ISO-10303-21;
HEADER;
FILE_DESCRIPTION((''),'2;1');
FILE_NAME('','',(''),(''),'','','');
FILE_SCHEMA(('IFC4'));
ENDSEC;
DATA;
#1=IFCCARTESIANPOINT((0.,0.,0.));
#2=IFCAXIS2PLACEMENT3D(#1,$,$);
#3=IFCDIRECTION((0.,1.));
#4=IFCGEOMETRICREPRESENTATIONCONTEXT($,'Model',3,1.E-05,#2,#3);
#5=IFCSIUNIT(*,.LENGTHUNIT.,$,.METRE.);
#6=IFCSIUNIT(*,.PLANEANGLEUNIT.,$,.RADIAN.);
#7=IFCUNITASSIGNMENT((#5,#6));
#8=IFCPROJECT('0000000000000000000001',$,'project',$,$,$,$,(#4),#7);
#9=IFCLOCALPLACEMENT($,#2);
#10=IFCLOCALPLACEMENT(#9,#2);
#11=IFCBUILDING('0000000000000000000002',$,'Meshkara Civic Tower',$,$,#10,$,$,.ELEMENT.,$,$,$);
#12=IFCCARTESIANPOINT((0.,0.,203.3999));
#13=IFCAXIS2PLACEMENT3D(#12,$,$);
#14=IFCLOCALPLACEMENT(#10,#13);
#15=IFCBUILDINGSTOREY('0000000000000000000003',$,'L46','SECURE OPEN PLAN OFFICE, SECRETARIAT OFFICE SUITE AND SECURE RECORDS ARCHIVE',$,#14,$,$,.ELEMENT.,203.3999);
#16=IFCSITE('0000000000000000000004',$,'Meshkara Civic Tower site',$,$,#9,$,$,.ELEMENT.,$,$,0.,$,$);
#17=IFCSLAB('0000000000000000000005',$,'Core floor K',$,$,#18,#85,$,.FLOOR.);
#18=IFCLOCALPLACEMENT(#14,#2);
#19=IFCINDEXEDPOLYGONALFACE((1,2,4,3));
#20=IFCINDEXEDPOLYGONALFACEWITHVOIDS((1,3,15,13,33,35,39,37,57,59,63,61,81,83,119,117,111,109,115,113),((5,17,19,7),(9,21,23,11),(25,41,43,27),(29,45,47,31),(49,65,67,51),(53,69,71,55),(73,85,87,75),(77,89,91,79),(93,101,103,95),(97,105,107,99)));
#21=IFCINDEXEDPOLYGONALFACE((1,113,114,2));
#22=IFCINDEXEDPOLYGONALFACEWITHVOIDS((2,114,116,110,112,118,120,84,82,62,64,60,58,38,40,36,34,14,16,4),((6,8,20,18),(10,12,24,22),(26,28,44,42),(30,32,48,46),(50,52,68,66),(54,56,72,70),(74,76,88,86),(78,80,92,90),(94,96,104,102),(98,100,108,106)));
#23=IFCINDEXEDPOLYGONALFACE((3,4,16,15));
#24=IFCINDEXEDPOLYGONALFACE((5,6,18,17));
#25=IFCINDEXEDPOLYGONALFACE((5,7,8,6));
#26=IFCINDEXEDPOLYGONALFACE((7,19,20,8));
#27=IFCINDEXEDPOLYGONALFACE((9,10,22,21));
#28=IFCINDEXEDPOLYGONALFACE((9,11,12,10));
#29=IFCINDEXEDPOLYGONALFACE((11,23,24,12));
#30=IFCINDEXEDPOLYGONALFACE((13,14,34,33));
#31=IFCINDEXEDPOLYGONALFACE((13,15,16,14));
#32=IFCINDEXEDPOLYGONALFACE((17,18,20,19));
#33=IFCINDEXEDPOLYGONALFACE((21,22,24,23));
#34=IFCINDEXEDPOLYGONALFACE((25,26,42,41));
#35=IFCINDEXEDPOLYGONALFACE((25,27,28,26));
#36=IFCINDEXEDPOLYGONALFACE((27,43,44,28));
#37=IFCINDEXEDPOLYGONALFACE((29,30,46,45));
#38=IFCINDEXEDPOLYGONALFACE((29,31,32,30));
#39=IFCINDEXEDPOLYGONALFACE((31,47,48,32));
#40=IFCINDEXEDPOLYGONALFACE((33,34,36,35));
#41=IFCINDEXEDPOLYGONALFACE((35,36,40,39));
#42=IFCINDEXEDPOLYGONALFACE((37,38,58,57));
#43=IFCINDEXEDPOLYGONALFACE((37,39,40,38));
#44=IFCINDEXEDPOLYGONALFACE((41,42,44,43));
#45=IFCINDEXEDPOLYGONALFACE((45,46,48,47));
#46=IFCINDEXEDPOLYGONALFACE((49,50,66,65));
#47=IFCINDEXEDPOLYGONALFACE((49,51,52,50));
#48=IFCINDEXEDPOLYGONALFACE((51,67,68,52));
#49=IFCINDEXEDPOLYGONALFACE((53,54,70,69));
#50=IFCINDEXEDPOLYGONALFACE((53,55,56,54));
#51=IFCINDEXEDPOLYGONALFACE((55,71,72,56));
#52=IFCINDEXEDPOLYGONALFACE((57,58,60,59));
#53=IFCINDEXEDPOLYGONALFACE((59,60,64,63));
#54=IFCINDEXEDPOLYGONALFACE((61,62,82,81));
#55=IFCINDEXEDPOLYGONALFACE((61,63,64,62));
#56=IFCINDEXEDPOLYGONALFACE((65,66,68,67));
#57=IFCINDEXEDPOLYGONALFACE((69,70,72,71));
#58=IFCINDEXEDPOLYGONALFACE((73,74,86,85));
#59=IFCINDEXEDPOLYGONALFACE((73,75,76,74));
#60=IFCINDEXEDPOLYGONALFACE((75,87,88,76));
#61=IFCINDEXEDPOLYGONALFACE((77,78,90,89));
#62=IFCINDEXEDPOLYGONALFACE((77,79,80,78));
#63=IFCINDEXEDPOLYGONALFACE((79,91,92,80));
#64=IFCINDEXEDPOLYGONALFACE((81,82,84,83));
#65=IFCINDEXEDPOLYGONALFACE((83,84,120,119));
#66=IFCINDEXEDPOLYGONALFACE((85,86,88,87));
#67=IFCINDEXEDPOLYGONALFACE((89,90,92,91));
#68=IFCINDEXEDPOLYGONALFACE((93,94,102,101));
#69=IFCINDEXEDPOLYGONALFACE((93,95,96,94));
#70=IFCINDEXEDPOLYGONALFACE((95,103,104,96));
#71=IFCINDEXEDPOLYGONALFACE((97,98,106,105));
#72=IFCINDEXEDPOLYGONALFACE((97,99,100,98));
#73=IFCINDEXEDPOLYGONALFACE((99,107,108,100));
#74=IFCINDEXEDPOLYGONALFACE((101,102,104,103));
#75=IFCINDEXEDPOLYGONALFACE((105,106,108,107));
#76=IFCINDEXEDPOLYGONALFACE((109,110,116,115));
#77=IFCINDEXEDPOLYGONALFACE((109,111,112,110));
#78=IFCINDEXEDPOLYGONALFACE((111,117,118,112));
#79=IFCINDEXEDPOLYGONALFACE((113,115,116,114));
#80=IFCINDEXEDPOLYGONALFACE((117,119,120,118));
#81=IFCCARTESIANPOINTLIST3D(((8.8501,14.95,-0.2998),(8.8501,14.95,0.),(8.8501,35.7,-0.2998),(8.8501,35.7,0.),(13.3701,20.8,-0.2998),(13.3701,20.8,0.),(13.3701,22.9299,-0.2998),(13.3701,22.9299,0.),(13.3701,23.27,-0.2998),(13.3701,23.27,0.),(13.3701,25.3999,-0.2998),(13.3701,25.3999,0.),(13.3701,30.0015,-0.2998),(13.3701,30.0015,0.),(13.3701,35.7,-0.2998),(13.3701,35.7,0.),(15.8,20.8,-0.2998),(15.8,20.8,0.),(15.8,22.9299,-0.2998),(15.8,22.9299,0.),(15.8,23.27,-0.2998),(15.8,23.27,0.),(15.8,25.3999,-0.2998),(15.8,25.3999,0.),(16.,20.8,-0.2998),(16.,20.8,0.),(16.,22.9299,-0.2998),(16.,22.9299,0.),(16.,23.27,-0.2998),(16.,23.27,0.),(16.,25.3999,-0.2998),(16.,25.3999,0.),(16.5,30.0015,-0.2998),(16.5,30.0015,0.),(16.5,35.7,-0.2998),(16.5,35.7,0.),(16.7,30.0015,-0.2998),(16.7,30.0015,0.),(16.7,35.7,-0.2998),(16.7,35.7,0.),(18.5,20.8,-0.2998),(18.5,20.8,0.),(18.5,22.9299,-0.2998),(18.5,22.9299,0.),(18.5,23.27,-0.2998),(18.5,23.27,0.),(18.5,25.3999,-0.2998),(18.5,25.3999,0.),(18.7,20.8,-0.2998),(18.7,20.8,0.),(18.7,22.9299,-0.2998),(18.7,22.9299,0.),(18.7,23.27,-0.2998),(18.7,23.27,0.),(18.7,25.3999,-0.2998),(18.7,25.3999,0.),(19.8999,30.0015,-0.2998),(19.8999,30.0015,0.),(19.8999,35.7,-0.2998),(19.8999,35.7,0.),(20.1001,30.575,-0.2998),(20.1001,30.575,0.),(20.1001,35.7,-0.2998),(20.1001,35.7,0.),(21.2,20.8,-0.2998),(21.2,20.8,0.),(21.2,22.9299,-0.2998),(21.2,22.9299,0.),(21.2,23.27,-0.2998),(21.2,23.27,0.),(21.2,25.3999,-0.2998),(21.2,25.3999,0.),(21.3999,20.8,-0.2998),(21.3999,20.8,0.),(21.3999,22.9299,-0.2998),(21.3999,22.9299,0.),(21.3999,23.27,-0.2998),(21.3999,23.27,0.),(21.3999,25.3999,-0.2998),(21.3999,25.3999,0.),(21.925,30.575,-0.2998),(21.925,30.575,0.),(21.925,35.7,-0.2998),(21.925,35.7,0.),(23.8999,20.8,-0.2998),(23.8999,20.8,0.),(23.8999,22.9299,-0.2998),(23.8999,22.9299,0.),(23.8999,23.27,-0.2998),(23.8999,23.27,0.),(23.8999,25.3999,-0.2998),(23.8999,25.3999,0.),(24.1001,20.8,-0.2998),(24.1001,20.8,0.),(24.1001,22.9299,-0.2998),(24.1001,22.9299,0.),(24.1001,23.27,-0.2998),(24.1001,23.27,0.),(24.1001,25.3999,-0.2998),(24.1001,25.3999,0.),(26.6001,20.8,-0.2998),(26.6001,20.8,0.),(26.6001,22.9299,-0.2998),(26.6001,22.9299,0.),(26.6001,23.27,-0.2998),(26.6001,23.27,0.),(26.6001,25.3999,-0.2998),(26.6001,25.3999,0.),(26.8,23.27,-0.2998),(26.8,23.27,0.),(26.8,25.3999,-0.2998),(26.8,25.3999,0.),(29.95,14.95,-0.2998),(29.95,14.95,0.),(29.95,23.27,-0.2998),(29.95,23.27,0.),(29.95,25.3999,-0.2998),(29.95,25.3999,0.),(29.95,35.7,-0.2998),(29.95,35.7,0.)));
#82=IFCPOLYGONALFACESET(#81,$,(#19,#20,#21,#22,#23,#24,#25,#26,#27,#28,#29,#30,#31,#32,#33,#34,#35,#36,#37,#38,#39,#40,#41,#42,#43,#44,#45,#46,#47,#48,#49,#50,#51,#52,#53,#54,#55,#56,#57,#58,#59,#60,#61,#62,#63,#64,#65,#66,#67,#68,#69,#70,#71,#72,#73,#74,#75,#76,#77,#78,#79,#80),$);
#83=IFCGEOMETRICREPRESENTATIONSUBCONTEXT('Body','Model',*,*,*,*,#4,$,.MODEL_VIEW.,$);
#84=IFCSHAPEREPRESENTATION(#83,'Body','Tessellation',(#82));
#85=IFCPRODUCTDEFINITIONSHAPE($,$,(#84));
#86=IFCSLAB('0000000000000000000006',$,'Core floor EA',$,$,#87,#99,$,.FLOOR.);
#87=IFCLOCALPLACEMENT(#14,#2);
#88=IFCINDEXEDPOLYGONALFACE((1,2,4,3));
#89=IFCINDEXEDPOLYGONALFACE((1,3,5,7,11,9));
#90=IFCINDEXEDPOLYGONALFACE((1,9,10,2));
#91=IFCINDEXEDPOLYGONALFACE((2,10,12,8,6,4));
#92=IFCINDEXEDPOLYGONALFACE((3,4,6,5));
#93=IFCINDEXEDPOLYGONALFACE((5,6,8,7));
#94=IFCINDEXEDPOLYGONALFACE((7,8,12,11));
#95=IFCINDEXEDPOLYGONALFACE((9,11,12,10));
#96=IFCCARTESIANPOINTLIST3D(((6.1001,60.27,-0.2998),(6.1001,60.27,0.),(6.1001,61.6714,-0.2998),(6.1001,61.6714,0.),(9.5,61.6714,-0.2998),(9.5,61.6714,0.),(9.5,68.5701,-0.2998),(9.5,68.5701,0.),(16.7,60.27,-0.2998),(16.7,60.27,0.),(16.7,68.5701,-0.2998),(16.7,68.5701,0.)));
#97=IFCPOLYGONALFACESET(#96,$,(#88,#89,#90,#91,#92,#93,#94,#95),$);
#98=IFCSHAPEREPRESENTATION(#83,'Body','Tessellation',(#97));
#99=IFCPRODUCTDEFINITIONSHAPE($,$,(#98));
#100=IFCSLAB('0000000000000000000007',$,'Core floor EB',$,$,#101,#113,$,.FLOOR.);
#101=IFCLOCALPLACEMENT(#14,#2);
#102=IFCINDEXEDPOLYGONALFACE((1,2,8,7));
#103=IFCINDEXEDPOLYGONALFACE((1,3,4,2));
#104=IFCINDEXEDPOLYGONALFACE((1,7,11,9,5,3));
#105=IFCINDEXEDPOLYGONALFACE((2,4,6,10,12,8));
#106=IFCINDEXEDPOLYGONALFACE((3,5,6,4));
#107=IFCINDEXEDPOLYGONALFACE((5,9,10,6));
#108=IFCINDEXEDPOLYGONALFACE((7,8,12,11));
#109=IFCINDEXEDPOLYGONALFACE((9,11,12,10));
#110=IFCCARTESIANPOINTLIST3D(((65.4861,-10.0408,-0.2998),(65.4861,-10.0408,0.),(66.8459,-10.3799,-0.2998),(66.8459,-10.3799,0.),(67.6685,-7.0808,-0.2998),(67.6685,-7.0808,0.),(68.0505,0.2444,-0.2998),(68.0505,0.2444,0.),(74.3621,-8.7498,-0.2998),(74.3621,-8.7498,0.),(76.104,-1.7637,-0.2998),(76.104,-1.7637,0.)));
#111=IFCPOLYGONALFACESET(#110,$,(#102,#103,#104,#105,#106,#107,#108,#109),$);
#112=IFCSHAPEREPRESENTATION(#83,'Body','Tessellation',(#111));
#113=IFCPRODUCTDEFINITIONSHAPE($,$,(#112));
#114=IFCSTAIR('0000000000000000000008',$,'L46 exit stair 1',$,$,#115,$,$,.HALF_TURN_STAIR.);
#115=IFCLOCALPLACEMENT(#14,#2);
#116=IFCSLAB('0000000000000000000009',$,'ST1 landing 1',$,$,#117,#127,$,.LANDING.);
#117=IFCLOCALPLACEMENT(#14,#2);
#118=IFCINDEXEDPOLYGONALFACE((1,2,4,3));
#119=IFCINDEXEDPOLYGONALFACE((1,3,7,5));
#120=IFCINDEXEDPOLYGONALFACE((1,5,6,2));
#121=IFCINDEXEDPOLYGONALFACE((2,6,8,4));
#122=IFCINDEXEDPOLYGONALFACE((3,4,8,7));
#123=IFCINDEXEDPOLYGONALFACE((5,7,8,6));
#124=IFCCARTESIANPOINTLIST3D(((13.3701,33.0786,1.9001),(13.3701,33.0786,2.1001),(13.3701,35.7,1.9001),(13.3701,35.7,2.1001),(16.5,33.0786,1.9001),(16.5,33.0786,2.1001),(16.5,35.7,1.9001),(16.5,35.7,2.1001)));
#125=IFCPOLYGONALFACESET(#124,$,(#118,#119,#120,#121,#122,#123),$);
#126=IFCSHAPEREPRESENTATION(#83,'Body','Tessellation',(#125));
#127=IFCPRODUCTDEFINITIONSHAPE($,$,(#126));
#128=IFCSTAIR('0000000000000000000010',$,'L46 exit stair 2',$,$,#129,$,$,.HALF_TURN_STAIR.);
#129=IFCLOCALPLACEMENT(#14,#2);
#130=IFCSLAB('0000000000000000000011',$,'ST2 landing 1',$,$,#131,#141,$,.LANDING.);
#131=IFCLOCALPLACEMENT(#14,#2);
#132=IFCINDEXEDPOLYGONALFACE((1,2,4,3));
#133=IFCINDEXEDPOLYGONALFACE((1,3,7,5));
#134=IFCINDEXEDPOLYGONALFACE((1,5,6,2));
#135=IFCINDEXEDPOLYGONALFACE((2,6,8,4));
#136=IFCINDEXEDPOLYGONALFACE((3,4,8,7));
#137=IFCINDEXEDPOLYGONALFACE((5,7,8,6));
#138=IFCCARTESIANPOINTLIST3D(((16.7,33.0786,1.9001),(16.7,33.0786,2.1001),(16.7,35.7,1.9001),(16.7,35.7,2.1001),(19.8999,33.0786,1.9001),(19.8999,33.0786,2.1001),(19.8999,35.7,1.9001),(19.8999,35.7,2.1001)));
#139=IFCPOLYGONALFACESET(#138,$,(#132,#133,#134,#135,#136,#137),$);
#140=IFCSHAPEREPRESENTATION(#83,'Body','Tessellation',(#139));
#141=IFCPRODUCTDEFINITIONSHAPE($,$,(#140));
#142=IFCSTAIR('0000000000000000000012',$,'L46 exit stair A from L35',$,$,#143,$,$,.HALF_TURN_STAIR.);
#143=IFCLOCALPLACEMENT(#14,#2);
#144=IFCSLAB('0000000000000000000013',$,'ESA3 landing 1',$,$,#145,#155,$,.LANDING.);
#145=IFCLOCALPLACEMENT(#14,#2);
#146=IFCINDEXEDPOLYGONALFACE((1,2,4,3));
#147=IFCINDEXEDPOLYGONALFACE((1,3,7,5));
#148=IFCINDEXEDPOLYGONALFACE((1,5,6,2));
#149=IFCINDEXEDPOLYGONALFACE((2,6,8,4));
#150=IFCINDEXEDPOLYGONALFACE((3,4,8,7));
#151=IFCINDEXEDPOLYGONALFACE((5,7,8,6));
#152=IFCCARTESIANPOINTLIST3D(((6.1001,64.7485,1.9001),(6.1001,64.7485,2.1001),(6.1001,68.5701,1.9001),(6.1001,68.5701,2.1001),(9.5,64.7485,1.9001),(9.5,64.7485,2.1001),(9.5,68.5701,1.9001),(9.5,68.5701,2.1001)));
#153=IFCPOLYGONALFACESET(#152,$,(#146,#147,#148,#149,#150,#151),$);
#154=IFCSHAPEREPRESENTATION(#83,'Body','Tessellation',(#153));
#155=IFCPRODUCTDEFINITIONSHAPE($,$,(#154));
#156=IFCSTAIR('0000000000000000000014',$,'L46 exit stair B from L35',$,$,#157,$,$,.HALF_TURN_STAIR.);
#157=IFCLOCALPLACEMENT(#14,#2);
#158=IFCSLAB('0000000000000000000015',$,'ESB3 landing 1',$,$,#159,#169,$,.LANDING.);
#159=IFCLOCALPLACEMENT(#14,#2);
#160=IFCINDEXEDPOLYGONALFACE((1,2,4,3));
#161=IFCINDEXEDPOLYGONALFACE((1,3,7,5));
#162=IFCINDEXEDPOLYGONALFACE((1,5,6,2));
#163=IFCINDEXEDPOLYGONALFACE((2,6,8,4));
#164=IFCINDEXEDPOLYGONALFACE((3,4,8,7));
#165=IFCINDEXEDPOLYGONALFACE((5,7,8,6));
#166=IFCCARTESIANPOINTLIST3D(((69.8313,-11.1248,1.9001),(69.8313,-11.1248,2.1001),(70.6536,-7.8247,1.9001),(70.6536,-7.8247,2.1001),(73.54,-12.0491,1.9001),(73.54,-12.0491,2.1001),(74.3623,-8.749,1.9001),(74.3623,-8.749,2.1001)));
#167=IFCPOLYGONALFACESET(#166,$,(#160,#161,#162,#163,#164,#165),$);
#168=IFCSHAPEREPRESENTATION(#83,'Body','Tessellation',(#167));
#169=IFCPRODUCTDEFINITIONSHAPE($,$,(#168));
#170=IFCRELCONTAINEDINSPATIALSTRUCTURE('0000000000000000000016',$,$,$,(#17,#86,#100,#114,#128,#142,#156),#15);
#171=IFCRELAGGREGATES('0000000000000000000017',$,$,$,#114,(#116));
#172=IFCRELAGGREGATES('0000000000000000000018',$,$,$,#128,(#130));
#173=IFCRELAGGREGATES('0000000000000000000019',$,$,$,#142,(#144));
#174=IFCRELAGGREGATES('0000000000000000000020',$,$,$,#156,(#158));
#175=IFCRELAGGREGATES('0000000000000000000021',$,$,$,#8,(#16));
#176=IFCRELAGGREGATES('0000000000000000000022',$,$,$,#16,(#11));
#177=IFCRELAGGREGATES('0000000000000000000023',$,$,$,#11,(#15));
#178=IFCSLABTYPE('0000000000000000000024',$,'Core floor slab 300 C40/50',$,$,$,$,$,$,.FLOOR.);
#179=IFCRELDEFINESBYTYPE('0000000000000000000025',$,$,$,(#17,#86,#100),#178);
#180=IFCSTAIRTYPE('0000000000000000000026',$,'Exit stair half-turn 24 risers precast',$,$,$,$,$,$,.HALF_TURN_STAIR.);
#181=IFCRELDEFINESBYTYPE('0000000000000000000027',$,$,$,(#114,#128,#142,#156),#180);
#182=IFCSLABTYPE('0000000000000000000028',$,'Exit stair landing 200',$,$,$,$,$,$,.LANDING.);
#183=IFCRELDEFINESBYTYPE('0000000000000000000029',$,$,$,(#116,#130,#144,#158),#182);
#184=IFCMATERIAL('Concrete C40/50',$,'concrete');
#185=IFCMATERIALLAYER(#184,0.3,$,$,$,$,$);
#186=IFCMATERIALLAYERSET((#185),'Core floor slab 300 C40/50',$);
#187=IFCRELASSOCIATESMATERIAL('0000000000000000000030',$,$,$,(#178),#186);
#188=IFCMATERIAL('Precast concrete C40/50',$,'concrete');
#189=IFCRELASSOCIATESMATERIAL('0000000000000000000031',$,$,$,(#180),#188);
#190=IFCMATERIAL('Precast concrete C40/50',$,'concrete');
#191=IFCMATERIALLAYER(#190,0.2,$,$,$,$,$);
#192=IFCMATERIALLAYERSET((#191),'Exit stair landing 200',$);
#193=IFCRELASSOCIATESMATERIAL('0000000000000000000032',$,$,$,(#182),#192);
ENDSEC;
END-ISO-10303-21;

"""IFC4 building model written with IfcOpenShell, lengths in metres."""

from ifc_helpers import new_model, si_unit, direction, frame, origin, place, context, subcontext, project, spatial, polyline, outline, extrude, material, layer, layer_set, type_object, element, aggregate, save


model = new_model("IFC4")

# Units and contexts
model_context = context("Model", 3, precision=1e-05, world=origin(), true_north=direction((0.0, 1.0)))
body_context = subcontext(model_context, "Body", "Model", "MODEL_VIEW")
ifc_project = project(units=[si_unit("LENGTHUNIT", "METRE"), si_unit("PLANEANGLEUNIT", "RADIAN")], contexts=[model_context])

# Site, building, storey
site_placement = place(None, origin())
site = spatial("IfcSite", under=ifc_project, at=site_placement, Name="Meshkara Civic Tower site", CompositionType="ELEMENT", RefElevation=0.0)
building_placement = place(site_placement, origin())
building = spatial("IfcBuilding", under=site, at=building_placement, Name="Meshkara Civic Tower", CompositionType="ELEMENT")
storey_placement = place(building_placement, frame((0.0, 0.0, 203.3999)))
storey = spatial("IfcBuildingStorey", under=building, at=storey_placement, Name="L46", Description="SECURE OPEN PLAN OFFICE, SECRETARIAT OFFICE SUITE AND SECURE RECORDS ARCHIVE", CompositionType="ELEMENT", Elevation=203.3999)

# Slabs
ifc_material_1 = material(Name="Concrete C40/50", Category="concrete")
ifc_layer_1 = layer(ifc_material_1, 0.3)
ifc_layer_set_1 = layer_set([ifc_layer_1], Name="Core floor slab 300 C40/50")
slab_type_1 = type_object("IfcSlabType", Name="Core floor slab 300 C40/50", PredefinedType="FLOOR", material=ifc_layer_set_1)
slab_1_placement = place(storey_placement, frame((0.0, 0.0, -0.2998)))
element("IfcSlab", 1, at=slab_1_placement, inside=storey, type_object=slab_type_1, Name="Core floor K", PredefinedType="FLOOR", context=body_context, shape_type="SweptSolid", body=[
    extrude(outline(polyline([(8.8501, 35.7), (13.3701, 35.7), (13.3701, 30.0015), (16.5, 30.0015), (16.5, 35.7), (16.7, 35.7), (16.7, 30.0015), (19.8999, 30.0015), (19.8999, 35.7), (20.1001, 35.7), (20.1001, 30.575), (21.925, 30.575), (21.925, 35.7), (29.95, 35.7), (29.95, 25.3999), (26.8, 25.3999), (26.8, 23.27), (29.95, 23.27), (29.95, 14.95), (8.8501, 14.95), (8.8501, 35.7)]), holes=[polyline([(15.8, 22.9299), (13.3701, 22.9299), (13.3701, 20.8), (15.8, 20.8), (15.8, 22.9299)]), polyline([(16.0, 22.9299), (16.0, 20.8), (18.5, 20.8), (18.5, 22.9299), (16.0, 22.9299)]), polyline([(18.7, 22.9299), (18.7, 20.8), (21.2, 20.8), (21.2, 22.9299), (18.7, 22.9299)]), polyline([(15.8, 23.27), (15.8, 25.3999), (13.3701, 25.3999), (13.3701, 23.27), (15.8, 23.27)]), polyline([(16.0, 25.3999), (16.0, 23.27), (18.5, 23.27), (18.5, 25.3999), (16.0, 25.3999)]), polyline([(23.8999, 20.8), (23.8999, 22.9299), (21.3999, 22.9299), (21.3999, 20.8), (23.8999, 20.8)]), polyline([(24.1001, 20.8), (26.6001, 20.8), (26.6001, 22.9299), (24.1001, 22.9299), (24.1001, 20.8)]), polyline([(18.7, 25.3999), (18.7, 23.27), (21.2, 23.27), (21.2, 25.3999), (18.7, 25.3999)]), polyline([(21.3999, 23.27), (23.8999, 23.27), (23.8999, 25.3999), (21.3999, 25.3999), (21.3999, 23.27)]), polyline([(24.1001, 23.27), (26.6001, 23.27), (26.6001, 25.3999), (24.1001, 25.3999), (24.1001, 23.27)])]), origin(), (0.0, 0.0, 1.0), 0.2998),
])
slab_2_placement = place(storey_placement, frame((0.0, 0.0, -0.2998)))
element("IfcSlab", 2, at=slab_2_placement, inside=storey, type_object=slab_type_1, Name="Core floor EA", PredefinedType="FLOOR", context=body_context, shape_type="SweptSolid", body=[
    extrude(outline(polyline([(16.7, 60.27), (16.7, 68.5701), (9.5, 68.5701), (9.5, 61.6714), (6.1001, 61.6714), (6.1001, 60.27), (16.7, 60.27)])), origin(), (0.0, 0.0, 1.0), 0.2998),
])
slab_3_placement = place(storey_placement, frame((0.0, 0.0, -0.2998)))
element("IfcSlab", 3, at=slab_3_placement, inside=storey, type_object=slab_type_1, Name="Core floor EB", PredefinedType="FLOOR", context=body_context, shape_type="SweptSolid", body=[
    extrude(outline(polyline([(68.0505, 0.2444), (76.104, -1.7637), (74.3621, -8.7498), (67.6685, -7.0808), (66.8459, -10.3799), (65.4861, -10.0408), (68.0505, 0.2444)])), origin(), (0.0, 0.0, 1.0), 0.2998),
])

# Stairs, slabs
ifc_material_2 = material(Name="Precast concrete C40/50", Category="concrete")
stair_type = type_object("IfcStairType", Name="Exit stair half-turn 24 risers precast", PredefinedType="HALF_TURN_STAIR", material=ifc_material_2)
stair_1_placement = place(storey_placement, origin())
stair_1 = element("IfcStair", 4, at=stair_1_placement, inside=storey, type_object=stair_type, Name="L46 exit stair 1", PredefinedType="HALF_TURN_STAIR")
ifc_material_3 = material(Name="Precast concrete C40/50", Category="concrete")
ifc_layer_2 = layer(ifc_material_3, 0.2)
ifc_layer_set_2 = layer_set([ifc_layer_2], Name="Exit stair landing 200")
slab_type_2 = type_object("IfcSlabType", Name="Exit stair landing 200", PredefinedType="LANDING", material=ifc_layer_set_2)
slab_4_placement = place(storey_placement, frame((0.0, 0.0, 1.9001)))
slab_4 = element("IfcSlab", 5, at=slab_4_placement, type_object=slab_type_2, Name="ST1 landing 1", PredefinedType="LANDING", context=body_context, shape_type="SweptSolid", body=[
    extrude(outline(polyline([(16.5, 33.0786), (16.5, 35.7), (13.3701, 35.7), (13.3701, 33.0786), (16.5, 33.0786)])), origin(), (0.0, 0.0, 1.0), 0.2),
])
aggregate(stair_1, [slab_4])
stair_2_placement = place(storey_placement, origin())
stair_2 = element("IfcStair", 6, at=stair_2_placement, inside=storey, type_object=stair_type, Name="L46 exit stair 2", PredefinedType="HALF_TURN_STAIR")
slab_5_placement = place(storey_placement, frame((0.0, 0.0, 1.9001)))
slab_5 = element("IfcSlab", 7, at=slab_5_placement, type_object=slab_type_2, Name="ST2 landing 1", PredefinedType="LANDING", context=body_context, shape_type="SweptSolid", body=[
    extrude(outline(polyline([(19.8999, 33.0786), (19.8999, 35.7), (16.7, 35.7), (16.7, 33.0786), (19.8999, 33.0786)])), origin(), (0.0, 0.0, 1.0), 0.2),
])
aggregate(stair_2, [slab_5])
stair_3_placement = place(storey_placement, origin())
stair_3 = element("IfcStair", 8, at=stair_3_placement, inside=storey, type_object=stair_type, Name="L46 exit stair A from L35", PredefinedType="HALF_TURN_STAIR")
slab_6_placement = place(storey_placement, frame((0.0, 0.0, 1.9001)))
slab_6 = element("IfcSlab", 9, at=slab_6_placement, type_object=slab_type_2, Name="ESA3 landing 1", PredefinedType="LANDING", context=body_context, shape_type="SweptSolid", body=[
    extrude(outline(polyline([(9.5, 64.7485), (9.5, 68.5701), (6.1001, 68.5701), (6.1001, 64.7485), (9.5, 64.7485)])), origin(), (0.0, 0.0, 1.0), 0.2),
])
aggregate(stair_3, [slab_6])
stair_4_placement = place(storey_placement, origin())
stair_4 = element("IfcStair", 10, at=stair_4_placement, inside=storey, type_object=stair_type, Name="L46 exit stair B from L35", PredefinedType="HALF_TURN_STAIR")
slab_7_placement = place(storey_placement, frame((0.0, 0.0, 1.9001)))
slab_7 = element("IfcSlab", 11, at=slab_7_placement, type_object=slab_type_2, Name="ESB3 landing 1", PredefinedType="LANDING", context=body_context, shape_type="SweptSolid", body=[
    extrude(outline(polyline([(69.8313, -11.1248), (73.54, -12.0491), (74.3623, -8.749), (70.6536, -7.8247), (69.8313, -11.1248)])), origin(), (0.0, 0.0, 1.0), 0.2),
])
aggregate(stair_4, [slab_7])

save(model, "model.ifc")
